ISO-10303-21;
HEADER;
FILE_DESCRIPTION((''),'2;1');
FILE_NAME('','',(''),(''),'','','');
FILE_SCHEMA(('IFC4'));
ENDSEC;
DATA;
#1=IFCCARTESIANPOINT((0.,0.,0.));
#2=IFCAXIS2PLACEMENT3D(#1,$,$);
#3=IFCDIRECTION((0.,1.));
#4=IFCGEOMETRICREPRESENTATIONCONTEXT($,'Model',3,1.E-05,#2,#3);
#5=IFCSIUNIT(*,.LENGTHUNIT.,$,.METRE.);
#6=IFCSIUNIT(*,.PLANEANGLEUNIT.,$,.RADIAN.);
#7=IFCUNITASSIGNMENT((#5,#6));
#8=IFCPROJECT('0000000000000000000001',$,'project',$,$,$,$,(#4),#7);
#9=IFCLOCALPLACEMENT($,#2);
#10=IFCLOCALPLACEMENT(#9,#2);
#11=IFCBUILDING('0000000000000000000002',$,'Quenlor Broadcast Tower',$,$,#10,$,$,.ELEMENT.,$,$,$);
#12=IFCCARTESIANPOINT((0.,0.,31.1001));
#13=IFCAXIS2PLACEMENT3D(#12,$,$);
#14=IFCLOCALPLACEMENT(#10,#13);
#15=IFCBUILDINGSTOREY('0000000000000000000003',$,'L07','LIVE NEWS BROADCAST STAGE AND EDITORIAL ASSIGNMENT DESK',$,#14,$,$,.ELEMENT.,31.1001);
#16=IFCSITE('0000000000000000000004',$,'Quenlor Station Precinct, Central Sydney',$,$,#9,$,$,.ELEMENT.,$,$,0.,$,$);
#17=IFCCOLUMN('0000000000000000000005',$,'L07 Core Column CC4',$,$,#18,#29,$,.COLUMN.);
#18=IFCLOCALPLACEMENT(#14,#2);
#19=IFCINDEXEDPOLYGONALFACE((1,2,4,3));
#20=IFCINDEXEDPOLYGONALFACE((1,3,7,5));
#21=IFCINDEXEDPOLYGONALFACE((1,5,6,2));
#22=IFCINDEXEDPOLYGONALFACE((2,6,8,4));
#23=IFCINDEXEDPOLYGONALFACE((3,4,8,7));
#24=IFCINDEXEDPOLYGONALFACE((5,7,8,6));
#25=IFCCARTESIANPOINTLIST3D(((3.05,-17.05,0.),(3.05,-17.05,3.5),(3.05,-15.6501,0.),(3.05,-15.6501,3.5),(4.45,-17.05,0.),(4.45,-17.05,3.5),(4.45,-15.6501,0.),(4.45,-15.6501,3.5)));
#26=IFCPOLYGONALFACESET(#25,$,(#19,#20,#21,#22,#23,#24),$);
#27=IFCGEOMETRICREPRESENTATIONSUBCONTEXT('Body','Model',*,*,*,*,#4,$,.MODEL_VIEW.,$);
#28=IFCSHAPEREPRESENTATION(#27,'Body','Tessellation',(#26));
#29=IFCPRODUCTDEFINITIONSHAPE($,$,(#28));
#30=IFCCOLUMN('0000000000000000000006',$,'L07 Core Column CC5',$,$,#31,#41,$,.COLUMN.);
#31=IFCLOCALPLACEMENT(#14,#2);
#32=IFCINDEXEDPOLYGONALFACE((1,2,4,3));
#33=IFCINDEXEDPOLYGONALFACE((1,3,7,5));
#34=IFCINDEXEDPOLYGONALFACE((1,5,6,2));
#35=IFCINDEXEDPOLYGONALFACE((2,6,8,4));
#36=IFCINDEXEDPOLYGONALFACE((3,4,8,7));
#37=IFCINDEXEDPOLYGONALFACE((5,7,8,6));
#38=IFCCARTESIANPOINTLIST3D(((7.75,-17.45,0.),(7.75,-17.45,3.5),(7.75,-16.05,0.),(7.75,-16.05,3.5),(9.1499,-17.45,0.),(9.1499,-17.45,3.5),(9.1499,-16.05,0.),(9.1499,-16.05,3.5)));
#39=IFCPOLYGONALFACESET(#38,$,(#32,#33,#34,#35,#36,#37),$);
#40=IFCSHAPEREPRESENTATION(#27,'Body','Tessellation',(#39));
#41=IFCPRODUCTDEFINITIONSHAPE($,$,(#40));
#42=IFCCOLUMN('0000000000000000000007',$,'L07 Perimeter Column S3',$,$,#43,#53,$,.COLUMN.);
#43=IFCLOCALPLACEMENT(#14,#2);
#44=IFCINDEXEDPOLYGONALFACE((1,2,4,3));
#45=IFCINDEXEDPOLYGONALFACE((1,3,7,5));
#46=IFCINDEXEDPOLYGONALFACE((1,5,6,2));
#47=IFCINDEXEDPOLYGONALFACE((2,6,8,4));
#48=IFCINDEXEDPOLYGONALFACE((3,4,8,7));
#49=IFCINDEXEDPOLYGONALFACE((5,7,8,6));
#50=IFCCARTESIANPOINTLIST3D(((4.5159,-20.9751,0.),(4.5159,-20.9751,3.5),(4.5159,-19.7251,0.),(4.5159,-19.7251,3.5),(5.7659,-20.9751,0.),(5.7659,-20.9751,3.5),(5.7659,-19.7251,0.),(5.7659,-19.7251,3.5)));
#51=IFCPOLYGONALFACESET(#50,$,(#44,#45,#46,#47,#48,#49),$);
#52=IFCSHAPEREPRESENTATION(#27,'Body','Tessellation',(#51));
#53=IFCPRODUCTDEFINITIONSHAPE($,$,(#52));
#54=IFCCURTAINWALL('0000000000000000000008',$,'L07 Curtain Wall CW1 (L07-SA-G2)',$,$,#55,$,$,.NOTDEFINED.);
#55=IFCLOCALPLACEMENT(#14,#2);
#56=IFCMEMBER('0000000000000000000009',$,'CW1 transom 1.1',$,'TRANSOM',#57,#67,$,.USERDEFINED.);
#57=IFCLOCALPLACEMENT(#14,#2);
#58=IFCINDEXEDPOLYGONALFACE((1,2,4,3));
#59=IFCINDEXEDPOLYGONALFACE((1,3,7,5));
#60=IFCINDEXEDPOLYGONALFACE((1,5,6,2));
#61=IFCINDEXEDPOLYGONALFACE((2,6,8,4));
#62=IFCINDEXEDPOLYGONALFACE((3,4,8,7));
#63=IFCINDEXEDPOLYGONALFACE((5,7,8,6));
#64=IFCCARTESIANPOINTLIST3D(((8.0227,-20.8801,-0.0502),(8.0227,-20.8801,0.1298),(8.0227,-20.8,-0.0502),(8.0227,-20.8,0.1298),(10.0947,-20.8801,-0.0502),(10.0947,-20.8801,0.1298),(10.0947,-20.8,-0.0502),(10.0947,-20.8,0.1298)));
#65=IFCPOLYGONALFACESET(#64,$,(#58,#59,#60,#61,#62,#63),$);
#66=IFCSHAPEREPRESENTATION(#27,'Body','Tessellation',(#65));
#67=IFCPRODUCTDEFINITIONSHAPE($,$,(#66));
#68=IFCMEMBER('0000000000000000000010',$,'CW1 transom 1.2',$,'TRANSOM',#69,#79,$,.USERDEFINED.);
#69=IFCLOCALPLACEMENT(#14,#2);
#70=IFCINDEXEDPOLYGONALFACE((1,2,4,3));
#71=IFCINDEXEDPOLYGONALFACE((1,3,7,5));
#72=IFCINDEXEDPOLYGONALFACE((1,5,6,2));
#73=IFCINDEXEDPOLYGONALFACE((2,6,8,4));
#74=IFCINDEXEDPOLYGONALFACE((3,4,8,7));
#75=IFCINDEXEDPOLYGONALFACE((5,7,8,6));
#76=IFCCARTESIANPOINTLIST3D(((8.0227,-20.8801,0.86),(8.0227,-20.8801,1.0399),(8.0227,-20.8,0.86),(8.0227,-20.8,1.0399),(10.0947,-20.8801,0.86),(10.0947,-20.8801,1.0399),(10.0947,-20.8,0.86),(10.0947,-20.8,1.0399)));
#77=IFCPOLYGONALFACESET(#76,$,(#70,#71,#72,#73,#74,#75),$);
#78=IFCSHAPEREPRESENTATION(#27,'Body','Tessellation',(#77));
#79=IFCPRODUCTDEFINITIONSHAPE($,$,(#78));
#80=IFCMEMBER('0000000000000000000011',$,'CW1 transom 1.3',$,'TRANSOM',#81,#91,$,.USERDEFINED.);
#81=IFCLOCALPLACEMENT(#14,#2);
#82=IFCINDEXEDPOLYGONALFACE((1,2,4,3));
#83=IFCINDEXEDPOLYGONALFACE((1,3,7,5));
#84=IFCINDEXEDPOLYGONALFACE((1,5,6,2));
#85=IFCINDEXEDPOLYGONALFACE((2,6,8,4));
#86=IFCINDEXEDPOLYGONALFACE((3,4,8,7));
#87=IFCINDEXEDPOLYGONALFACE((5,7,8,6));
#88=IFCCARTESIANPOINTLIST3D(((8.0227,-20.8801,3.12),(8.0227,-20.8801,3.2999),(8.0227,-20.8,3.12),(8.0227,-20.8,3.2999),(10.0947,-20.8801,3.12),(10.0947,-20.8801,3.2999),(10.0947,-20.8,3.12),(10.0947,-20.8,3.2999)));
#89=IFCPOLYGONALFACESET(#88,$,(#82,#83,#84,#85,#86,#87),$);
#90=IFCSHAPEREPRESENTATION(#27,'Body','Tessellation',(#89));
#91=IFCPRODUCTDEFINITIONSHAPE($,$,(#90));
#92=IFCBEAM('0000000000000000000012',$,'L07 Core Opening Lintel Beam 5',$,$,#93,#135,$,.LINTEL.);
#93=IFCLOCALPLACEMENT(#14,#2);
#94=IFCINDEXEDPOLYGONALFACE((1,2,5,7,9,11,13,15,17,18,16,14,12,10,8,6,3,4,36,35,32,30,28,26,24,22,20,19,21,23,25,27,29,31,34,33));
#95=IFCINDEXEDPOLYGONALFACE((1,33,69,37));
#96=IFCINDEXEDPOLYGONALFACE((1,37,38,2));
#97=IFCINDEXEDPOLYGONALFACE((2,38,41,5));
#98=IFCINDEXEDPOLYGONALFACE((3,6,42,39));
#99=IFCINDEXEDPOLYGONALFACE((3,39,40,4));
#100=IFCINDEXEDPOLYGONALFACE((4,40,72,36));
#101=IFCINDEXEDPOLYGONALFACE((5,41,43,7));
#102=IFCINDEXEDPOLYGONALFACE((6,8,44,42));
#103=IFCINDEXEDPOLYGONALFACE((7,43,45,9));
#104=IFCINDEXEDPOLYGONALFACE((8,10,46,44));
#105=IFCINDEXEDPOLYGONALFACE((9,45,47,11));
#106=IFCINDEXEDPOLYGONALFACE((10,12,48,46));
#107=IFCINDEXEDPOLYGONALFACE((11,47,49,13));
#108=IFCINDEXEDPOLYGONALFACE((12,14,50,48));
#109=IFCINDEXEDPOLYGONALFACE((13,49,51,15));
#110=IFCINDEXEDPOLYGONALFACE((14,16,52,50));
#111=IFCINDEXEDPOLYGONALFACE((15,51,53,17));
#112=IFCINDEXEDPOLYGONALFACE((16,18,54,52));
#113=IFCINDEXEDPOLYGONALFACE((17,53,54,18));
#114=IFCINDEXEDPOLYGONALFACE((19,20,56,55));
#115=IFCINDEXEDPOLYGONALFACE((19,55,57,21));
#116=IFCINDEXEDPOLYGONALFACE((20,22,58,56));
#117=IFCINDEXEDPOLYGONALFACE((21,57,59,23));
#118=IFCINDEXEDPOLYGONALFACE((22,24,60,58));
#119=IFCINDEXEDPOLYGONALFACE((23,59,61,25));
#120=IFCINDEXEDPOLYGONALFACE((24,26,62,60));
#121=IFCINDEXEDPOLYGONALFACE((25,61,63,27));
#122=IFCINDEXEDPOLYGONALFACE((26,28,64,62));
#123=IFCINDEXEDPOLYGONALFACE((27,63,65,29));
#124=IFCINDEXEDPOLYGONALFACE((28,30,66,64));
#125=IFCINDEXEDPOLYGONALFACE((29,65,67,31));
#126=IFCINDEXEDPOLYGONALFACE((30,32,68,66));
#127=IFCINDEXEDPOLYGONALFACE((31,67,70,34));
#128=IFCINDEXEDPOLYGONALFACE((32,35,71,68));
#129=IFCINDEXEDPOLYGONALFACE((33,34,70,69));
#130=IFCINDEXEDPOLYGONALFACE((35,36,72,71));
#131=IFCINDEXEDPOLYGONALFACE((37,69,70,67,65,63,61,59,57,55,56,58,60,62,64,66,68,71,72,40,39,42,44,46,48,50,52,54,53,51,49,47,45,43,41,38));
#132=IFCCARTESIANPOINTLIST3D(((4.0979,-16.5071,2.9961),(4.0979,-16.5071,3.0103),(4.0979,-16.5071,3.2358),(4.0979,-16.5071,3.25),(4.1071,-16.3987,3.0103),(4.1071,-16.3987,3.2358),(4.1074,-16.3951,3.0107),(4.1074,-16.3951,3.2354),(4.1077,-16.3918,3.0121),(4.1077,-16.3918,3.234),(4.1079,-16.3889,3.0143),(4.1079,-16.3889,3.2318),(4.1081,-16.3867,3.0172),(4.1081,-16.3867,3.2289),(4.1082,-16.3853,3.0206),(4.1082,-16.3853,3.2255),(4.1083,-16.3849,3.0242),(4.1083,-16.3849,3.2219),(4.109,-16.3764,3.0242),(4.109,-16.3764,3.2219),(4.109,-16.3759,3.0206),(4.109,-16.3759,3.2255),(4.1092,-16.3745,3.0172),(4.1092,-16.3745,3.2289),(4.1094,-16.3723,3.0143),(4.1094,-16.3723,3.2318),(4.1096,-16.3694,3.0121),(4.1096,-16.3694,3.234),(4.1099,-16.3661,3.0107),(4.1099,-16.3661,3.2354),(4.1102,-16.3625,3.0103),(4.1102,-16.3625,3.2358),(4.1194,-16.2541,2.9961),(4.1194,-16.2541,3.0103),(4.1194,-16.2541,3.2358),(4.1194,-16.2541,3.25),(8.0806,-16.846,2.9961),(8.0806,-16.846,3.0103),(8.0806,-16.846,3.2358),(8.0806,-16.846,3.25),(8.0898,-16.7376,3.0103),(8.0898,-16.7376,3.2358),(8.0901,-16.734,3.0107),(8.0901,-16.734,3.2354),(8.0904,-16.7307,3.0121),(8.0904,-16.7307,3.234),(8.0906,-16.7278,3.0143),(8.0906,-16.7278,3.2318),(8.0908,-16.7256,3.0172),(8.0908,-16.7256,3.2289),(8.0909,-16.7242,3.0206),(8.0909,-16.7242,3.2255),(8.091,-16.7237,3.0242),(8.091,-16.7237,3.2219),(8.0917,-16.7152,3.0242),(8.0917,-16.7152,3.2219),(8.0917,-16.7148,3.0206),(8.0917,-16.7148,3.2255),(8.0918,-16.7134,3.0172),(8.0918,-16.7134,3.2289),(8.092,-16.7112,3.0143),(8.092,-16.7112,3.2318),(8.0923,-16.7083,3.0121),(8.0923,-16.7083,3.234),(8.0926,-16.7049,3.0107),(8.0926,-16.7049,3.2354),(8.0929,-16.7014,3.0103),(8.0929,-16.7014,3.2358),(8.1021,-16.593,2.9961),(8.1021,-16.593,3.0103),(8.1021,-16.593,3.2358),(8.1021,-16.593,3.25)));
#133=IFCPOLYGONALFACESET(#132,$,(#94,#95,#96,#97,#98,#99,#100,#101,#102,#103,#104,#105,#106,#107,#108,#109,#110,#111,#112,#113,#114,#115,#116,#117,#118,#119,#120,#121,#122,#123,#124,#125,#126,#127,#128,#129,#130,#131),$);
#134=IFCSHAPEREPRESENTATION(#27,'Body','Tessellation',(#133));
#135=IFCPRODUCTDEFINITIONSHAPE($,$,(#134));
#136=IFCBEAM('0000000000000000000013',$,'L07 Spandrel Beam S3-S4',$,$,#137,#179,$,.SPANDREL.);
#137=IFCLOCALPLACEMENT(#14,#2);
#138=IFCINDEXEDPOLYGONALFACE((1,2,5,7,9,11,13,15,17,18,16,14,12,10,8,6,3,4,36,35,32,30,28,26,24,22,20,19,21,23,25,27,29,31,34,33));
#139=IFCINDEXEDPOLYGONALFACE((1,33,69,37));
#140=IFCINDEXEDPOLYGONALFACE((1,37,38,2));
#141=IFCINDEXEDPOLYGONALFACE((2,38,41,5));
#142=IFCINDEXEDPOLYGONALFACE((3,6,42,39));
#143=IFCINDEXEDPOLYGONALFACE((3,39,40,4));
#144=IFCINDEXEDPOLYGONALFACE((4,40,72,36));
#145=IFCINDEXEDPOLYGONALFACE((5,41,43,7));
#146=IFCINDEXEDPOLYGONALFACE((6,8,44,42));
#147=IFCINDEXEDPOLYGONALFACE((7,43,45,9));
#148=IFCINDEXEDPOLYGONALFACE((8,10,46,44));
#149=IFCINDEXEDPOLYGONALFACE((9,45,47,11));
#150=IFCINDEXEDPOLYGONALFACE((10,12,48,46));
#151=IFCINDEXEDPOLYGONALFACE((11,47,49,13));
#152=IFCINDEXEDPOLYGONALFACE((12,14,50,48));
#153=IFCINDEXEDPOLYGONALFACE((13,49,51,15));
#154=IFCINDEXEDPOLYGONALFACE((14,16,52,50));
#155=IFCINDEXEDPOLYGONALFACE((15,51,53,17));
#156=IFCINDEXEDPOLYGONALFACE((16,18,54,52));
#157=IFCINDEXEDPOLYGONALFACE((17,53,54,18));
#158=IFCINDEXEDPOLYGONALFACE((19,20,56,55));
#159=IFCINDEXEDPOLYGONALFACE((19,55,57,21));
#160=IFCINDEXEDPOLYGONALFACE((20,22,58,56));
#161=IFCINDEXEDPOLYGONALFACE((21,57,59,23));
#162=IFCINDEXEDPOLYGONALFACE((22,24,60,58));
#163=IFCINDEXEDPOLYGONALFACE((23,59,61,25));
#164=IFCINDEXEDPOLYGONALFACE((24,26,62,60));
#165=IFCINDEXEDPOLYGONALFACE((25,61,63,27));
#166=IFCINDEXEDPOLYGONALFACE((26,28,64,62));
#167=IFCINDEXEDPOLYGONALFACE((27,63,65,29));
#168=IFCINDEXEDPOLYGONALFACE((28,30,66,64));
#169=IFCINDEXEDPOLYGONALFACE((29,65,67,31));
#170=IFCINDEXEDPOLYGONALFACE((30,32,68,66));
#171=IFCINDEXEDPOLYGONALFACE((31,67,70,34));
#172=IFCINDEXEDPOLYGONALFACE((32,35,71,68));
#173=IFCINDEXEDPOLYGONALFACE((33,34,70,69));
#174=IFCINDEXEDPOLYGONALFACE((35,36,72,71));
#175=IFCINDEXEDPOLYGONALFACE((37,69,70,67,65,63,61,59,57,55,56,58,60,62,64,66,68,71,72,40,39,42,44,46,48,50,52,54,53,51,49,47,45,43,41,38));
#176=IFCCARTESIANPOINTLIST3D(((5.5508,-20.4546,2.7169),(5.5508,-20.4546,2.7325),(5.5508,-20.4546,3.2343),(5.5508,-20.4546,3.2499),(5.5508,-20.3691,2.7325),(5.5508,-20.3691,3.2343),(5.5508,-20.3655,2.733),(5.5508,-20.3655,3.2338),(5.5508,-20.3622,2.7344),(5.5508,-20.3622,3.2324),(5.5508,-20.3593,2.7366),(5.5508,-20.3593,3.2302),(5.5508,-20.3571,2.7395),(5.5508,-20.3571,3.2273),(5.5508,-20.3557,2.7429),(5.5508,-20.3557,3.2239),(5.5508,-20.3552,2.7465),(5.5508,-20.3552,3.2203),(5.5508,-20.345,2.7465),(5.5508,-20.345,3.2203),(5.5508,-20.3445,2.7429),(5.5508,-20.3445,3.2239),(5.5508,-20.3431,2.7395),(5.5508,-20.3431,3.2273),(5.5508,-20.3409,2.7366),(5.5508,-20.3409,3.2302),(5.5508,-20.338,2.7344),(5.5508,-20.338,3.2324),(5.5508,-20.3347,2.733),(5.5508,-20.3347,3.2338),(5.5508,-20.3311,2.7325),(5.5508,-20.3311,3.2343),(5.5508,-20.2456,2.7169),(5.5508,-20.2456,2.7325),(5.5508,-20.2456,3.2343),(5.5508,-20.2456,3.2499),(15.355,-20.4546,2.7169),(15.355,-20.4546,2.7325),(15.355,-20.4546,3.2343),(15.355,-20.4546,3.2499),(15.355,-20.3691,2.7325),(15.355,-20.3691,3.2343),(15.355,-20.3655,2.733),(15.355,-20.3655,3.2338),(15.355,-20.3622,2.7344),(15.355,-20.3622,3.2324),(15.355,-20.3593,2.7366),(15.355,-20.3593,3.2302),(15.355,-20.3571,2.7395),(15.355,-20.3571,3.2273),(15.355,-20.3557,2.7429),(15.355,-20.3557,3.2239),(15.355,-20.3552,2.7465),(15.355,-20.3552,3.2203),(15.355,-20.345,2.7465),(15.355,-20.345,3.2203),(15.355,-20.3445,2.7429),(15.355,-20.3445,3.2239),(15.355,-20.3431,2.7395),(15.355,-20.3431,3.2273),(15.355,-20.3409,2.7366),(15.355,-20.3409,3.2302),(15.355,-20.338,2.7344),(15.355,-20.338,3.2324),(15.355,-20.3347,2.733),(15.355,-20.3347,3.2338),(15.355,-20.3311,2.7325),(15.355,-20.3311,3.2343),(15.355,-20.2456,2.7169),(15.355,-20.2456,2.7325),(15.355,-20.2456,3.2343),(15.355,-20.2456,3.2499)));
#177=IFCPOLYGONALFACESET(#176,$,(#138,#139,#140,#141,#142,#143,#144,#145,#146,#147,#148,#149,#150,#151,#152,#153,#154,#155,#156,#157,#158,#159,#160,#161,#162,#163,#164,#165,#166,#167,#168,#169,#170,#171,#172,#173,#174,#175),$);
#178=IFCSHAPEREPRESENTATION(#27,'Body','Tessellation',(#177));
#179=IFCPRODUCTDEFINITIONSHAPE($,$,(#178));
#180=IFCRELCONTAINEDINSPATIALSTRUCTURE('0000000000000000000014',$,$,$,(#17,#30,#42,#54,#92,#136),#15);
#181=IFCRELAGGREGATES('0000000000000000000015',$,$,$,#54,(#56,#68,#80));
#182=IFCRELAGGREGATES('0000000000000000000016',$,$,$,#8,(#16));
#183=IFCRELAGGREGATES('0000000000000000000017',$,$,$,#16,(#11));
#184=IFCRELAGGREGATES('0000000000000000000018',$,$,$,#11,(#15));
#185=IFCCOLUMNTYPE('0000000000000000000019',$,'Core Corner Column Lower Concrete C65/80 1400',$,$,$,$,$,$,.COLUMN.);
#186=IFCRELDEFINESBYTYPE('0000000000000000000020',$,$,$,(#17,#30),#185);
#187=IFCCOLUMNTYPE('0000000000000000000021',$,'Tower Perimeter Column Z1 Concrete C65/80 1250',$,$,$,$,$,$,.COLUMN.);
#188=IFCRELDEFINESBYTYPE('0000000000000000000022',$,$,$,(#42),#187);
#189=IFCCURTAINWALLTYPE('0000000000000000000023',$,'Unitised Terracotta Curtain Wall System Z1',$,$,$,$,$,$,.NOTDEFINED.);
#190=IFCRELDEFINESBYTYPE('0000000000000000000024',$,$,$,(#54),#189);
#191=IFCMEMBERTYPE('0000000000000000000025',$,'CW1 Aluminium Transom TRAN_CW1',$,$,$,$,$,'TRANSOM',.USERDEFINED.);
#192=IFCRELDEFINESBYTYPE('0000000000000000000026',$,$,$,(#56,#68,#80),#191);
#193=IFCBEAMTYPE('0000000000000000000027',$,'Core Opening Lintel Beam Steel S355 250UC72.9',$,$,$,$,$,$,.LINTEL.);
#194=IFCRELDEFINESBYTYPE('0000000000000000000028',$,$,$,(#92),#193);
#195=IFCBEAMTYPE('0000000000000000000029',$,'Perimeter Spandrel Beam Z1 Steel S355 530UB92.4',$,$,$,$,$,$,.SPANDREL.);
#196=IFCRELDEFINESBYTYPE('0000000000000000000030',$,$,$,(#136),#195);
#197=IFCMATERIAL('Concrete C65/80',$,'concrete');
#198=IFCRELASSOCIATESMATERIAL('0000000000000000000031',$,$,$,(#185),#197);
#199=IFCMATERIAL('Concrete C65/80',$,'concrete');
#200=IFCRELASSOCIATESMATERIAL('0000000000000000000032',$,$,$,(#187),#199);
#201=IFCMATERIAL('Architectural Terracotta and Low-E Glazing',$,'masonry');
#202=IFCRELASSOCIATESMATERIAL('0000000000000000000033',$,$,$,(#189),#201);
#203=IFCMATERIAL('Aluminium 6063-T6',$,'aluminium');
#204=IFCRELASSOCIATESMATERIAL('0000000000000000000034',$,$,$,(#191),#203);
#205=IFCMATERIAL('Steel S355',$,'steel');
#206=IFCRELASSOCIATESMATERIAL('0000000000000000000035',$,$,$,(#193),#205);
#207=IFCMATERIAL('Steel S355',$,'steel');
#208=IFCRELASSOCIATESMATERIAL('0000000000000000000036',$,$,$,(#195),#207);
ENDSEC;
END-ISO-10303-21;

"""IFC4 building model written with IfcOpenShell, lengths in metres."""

from ifc_helpers import new_model, si_unit, direction, frame, origin, origin_2d, place, context, subcontext, project, spatial, rectangle, i_section, extrude, material, material_profile, profile_set, type_object, element, aggregate, save


model = new_model("IFC4")

# Units and contexts
model_context = context("Model", 3, precision=1e-05, world=origin(), true_north=direction((0.0, 1.0)))
body_context = subcontext(model_context, "Body", "Model", "MODEL_VIEW")
ifc_project = project(units=[si_unit("LENGTHUNIT", "METRE"), si_unit("PLANEANGLEUNIT", "RADIAN")], contexts=[model_context])

# Site, building, storey
site_placement = place(None, origin())
site = spatial("IfcSite", under=ifc_project, at=site_placement, Name="Quenlor Station Precinct, Central Sydney", CompositionType="ELEMENT", RefElevation=0.0)
building_placement = place(site_placement, origin())
building = spatial("IfcBuilding", under=site, at=building_placement, Name="Quenlor Broadcast Tower", CompositionType="ELEMENT")
storey_placement = place(building_placement, frame((0.0, 0.0, 31.1001)))
storey = spatial("IfcBuildingStorey", under=building, at=storey_placement, Name="L07", Description="LIVE NEWS BROADCAST STAGE AND EDITORIAL ASSIGNMENT DESK", CompositionType="ELEMENT", Elevation=31.1001)

# Columns
ifc_material_1 = material(Name="Concrete C65/80", Category="concrete")
ifc_material_profile_1 = material_profile(ifc_material_1, rectangle(XDim=1.3999, YDim=1.3999, at=origin_2d()))
ifc_profile_set_1 = profile_set([ifc_material_profile_1], Name="Concrete C65/80 RC1400x1400")
column_type_1 = type_object("IfcColumnType", Name="Core Corner Column Lower Concrete C65/80 1400", PredefinedType="COLUMN", material=ifc_profile_set_1)
for number, where, z_axis, x_axis, name in (
    (1, (3.75, -16.3501, 0.0), (0.0, 0.0, 1.0), (1.0, 0.0, 0.0), "L07 Core Column CC4"),
    (2, (8.45, -16.75, 0.0), (0.0, 0.0, 1.0), (1.0, 0.0, 0.0), "L07 Core Column CC5"),
):
    element("IfcColumn", number, at=place(storey_placement, frame(where, z_axis=z_axis, x_axis=x_axis)), inside=storey, type_object=column_type_1, Name=name, PredefinedType="COLUMN", context=body_context, shape_type="SweptSolid", body=[
        extrude(rectangle(XDim=1.3999, YDim=1.3999, at=origin_2d()), origin(), (0.0, 0.0, 1.0), 3.5),
    ])
ifc_material_2 = material(Name="Concrete C65/80", Category="concrete")
ifc_material_profile_2 = material_profile(ifc_material_2, rectangle(XDim=1.25, YDim=1.25, at=origin_2d()))
ifc_profile_set_2 = profile_set([ifc_material_profile_2], Name="Concrete C65/80 RC1250x1250")
column_type_2 = type_object("IfcColumnType", Name="Tower Perimeter Column Z1 Concrete C65/80 1250", PredefinedType="COLUMN", material=ifc_profile_set_2)
column_placement = place(storey_placement, frame((5.1409, -20.3501, 0.0), z_axis=(0.0, 0.0, 1.0), x_axis=(0.0, 1.0, 0.0)))
element("IfcColumn", 3, at=column_placement, inside=storey, type_object=column_type_2, Name="L07 Perimeter Column S3", PredefinedType="COLUMN", context=body_context, shape_type="SweptSolid", body=[
    extrude(rectangle(XDim=1.25, YDim=1.25, at=origin_2d()), origin(), (0.0, 0.0, 1.0), 3.5),
])

# Curtain wall, members
ifc_material_3 = material(Name="Architectural Terracotta and Low-E Glazing", Category="masonry")
curtain_wall_type = type_object("IfcCurtainWallType", Name="Unitised Terracotta Curtain Wall System Z1", PredefinedType="NOTDEFINED", material=ifc_material_3)
curtain_wall_placement = place(storey_placement, origin())
curtain_wall = element("IfcCurtainWall", 4, at=curtain_wall_placement, inside=storey, type_object=curtain_wall_type, Name="L07 Curtain Wall CW1 (L07-SA-G2)", PredefinedType="NOTDEFINED")
ifc_material_4 = material(Name="Aluminium 6063-T6", Category="aluminium")
ifc_material_profile_3 = material_profile(ifc_material_4, rectangle(XDim=0.0801, YDim=0.1799, at=origin_2d()))
ifc_profile_set_3 = profile_set([ifc_material_profile_3], Name="Aluminium 6063-T6 TRAN80x180")
member_type = type_object("IfcMemberType", Name="CW1 Aluminium Transom TRAN_CW1", ElementType="TRANSOM", PredefinedType="USERDEFINED", material=ifc_profile_set_3)
member_1_placement = place(storey_placement, frame((10.0947, -20.8401, 0.0398), z_axis=(-1.0, 0.0, 0.0), x_axis=(0.0, -1.0, 0.0)))
member_1 = element("IfcMember", 5, at=member_1_placement, type_object=member_type, Name="CW1 transom 1.1", ObjectType="TRANSOM", PredefinedType="USERDEFINED", context=body_context, shape_type="SweptSolid", body=[
    extrude(rectangle(XDim=0.0801, YDim=0.1799, at=origin_2d()), origin(), (0.0, 0.0, 1.0), 2.072),
])
member_2_placement = place(storey_placement, frame((10.0947, -20.8401, 0.95), z_axis=(-1.0, 0.0, 0.0), x_axis=(0.0, -1.0, 0.0)))
member_2 = element("IfcMember", 6, at=member_2_placement, type_object=member_type, Name="CW1 transom 1.2", ObjectType="TRANSOM", PredefinedType="USERDEFINED", context=body_context, shape_type="SweptSolid", body=[
    extrude(rectangle(XDim=0.0801, YDim=0.1799, at=origin_2d()), origin(), (0.0, 0.0, 1.0), 2.072),
])
member_3_placement = place(storey_placement, frame((10.0947, -20.8401, 3.21), z_axis=(-1.0, 0.0, 0.0), x_axis=(0.0, -1.0, 0.0)))
member_3 = element("IfcMember", 7, at=member_3_placement, type_object=member_type, Name="CW1 transom 1.3", ObjectType="TRANSOM", PredefinedType="USERDEFINED", context=body_context, shape_type="SweptSolid", body=[
    extrude(rectangle(XDim=0.0801, YDim=0.1799, at=origin_2d()), origin(), (0.0, 0.0, 1.0), 2.072),
])

# Beams
ifc_material_5 = material(Name="Steel S355", Category="steel")
ifc_material_profile_4 = material_profile(ifc_material_5, i_section(OverallWidth=0.2539, OverallDepth=0.2539, WebThickness=0.0085, FlangeThickness=0.0142, FilletRadius=0.0139, at=origin_2d()))
ifc_profile_set_4 = profile_set([ifc_material_profile_4], Name="Steel S355 250UC72.9")
beam_type_1 = type_object("IfcBeamType", Name="Core Opening Lintel Beam Steel S355 250UC72.9", PredefinedType="LINTEL", material=ifc_profile_set_4)
beam_1_placement = place(storey_placement, frame((4.1086, -16.3806, 3.123), z_axis=(0.9964, -0.084779, 0.0), x_axis=(0.084779, 0.9964, 0.0)))
element("IfcBeam", 8, at=beam_1_placement, inside=storey, type_object=beam_type_1, Name="L07 Core Opening Lintel Beam 5", PredefinedType="LINTEL", context=body_context, shape_type="SweptSolid", body=[
    extrude(i_section(OverallWidth=0.2539, OverallDepth=0.2539, WebThickness=0.0085, FlangeThickness=0.0142, FilletRadius=0.0139, at=origin_2d()), origin(), (0.0, 0.0, 1.0), 3.9971),
])
ifc_material_6 = material(Name="Steel S355", Category="steel")
ifc_material_profile_5 = material_profile(ifc_material_6, i_section(OverallWidth=0.209, OverallDepth=0.533, WebThickness=0.0103, FlangeThickness=0.0156, FilletRadius=0.0139, at=origin_2d()))
ifc_profile_set_5 = profile_set([ifc_material_profile_5], Name="Steel S355 530UB92.4")
beam_type_2 = type_object("IfcBeamType", Name="Perimeter Spandrel Beam Z1 Steel S355 530UB92.4", PredefinedType="SPANDREL", material=ifc_profile_set_5)
beam_2_placement = place(storey_placement, frame((5.5508, -20.3501, 2.9834), z_axis=(1.0, 0.0, 0.0), x_axis=(0.0, 1.0, 0.0)))
element("IfcBeam", 9, at=beam_2_placement, inside=storey, type_object=beam_type_2, Name="L07 Spandrel Beam S3-S4", PredefinedType="SPANDREL", context=body_context, shape_type="SweptSolid", body=[
    extrude(i_section(OverallWidth=0.209, OverallDepth=0.533, WebThickness=0.0103, FlangeThickness=0.0156, FilletRadius=0.0139, at=origin_2d()), origin(), (0.0, 0.0, 1.0), 9.8042),
])

aggregate(curtain_wall, [member_1, member_2, member_3])

save(model, "model.ifc")
